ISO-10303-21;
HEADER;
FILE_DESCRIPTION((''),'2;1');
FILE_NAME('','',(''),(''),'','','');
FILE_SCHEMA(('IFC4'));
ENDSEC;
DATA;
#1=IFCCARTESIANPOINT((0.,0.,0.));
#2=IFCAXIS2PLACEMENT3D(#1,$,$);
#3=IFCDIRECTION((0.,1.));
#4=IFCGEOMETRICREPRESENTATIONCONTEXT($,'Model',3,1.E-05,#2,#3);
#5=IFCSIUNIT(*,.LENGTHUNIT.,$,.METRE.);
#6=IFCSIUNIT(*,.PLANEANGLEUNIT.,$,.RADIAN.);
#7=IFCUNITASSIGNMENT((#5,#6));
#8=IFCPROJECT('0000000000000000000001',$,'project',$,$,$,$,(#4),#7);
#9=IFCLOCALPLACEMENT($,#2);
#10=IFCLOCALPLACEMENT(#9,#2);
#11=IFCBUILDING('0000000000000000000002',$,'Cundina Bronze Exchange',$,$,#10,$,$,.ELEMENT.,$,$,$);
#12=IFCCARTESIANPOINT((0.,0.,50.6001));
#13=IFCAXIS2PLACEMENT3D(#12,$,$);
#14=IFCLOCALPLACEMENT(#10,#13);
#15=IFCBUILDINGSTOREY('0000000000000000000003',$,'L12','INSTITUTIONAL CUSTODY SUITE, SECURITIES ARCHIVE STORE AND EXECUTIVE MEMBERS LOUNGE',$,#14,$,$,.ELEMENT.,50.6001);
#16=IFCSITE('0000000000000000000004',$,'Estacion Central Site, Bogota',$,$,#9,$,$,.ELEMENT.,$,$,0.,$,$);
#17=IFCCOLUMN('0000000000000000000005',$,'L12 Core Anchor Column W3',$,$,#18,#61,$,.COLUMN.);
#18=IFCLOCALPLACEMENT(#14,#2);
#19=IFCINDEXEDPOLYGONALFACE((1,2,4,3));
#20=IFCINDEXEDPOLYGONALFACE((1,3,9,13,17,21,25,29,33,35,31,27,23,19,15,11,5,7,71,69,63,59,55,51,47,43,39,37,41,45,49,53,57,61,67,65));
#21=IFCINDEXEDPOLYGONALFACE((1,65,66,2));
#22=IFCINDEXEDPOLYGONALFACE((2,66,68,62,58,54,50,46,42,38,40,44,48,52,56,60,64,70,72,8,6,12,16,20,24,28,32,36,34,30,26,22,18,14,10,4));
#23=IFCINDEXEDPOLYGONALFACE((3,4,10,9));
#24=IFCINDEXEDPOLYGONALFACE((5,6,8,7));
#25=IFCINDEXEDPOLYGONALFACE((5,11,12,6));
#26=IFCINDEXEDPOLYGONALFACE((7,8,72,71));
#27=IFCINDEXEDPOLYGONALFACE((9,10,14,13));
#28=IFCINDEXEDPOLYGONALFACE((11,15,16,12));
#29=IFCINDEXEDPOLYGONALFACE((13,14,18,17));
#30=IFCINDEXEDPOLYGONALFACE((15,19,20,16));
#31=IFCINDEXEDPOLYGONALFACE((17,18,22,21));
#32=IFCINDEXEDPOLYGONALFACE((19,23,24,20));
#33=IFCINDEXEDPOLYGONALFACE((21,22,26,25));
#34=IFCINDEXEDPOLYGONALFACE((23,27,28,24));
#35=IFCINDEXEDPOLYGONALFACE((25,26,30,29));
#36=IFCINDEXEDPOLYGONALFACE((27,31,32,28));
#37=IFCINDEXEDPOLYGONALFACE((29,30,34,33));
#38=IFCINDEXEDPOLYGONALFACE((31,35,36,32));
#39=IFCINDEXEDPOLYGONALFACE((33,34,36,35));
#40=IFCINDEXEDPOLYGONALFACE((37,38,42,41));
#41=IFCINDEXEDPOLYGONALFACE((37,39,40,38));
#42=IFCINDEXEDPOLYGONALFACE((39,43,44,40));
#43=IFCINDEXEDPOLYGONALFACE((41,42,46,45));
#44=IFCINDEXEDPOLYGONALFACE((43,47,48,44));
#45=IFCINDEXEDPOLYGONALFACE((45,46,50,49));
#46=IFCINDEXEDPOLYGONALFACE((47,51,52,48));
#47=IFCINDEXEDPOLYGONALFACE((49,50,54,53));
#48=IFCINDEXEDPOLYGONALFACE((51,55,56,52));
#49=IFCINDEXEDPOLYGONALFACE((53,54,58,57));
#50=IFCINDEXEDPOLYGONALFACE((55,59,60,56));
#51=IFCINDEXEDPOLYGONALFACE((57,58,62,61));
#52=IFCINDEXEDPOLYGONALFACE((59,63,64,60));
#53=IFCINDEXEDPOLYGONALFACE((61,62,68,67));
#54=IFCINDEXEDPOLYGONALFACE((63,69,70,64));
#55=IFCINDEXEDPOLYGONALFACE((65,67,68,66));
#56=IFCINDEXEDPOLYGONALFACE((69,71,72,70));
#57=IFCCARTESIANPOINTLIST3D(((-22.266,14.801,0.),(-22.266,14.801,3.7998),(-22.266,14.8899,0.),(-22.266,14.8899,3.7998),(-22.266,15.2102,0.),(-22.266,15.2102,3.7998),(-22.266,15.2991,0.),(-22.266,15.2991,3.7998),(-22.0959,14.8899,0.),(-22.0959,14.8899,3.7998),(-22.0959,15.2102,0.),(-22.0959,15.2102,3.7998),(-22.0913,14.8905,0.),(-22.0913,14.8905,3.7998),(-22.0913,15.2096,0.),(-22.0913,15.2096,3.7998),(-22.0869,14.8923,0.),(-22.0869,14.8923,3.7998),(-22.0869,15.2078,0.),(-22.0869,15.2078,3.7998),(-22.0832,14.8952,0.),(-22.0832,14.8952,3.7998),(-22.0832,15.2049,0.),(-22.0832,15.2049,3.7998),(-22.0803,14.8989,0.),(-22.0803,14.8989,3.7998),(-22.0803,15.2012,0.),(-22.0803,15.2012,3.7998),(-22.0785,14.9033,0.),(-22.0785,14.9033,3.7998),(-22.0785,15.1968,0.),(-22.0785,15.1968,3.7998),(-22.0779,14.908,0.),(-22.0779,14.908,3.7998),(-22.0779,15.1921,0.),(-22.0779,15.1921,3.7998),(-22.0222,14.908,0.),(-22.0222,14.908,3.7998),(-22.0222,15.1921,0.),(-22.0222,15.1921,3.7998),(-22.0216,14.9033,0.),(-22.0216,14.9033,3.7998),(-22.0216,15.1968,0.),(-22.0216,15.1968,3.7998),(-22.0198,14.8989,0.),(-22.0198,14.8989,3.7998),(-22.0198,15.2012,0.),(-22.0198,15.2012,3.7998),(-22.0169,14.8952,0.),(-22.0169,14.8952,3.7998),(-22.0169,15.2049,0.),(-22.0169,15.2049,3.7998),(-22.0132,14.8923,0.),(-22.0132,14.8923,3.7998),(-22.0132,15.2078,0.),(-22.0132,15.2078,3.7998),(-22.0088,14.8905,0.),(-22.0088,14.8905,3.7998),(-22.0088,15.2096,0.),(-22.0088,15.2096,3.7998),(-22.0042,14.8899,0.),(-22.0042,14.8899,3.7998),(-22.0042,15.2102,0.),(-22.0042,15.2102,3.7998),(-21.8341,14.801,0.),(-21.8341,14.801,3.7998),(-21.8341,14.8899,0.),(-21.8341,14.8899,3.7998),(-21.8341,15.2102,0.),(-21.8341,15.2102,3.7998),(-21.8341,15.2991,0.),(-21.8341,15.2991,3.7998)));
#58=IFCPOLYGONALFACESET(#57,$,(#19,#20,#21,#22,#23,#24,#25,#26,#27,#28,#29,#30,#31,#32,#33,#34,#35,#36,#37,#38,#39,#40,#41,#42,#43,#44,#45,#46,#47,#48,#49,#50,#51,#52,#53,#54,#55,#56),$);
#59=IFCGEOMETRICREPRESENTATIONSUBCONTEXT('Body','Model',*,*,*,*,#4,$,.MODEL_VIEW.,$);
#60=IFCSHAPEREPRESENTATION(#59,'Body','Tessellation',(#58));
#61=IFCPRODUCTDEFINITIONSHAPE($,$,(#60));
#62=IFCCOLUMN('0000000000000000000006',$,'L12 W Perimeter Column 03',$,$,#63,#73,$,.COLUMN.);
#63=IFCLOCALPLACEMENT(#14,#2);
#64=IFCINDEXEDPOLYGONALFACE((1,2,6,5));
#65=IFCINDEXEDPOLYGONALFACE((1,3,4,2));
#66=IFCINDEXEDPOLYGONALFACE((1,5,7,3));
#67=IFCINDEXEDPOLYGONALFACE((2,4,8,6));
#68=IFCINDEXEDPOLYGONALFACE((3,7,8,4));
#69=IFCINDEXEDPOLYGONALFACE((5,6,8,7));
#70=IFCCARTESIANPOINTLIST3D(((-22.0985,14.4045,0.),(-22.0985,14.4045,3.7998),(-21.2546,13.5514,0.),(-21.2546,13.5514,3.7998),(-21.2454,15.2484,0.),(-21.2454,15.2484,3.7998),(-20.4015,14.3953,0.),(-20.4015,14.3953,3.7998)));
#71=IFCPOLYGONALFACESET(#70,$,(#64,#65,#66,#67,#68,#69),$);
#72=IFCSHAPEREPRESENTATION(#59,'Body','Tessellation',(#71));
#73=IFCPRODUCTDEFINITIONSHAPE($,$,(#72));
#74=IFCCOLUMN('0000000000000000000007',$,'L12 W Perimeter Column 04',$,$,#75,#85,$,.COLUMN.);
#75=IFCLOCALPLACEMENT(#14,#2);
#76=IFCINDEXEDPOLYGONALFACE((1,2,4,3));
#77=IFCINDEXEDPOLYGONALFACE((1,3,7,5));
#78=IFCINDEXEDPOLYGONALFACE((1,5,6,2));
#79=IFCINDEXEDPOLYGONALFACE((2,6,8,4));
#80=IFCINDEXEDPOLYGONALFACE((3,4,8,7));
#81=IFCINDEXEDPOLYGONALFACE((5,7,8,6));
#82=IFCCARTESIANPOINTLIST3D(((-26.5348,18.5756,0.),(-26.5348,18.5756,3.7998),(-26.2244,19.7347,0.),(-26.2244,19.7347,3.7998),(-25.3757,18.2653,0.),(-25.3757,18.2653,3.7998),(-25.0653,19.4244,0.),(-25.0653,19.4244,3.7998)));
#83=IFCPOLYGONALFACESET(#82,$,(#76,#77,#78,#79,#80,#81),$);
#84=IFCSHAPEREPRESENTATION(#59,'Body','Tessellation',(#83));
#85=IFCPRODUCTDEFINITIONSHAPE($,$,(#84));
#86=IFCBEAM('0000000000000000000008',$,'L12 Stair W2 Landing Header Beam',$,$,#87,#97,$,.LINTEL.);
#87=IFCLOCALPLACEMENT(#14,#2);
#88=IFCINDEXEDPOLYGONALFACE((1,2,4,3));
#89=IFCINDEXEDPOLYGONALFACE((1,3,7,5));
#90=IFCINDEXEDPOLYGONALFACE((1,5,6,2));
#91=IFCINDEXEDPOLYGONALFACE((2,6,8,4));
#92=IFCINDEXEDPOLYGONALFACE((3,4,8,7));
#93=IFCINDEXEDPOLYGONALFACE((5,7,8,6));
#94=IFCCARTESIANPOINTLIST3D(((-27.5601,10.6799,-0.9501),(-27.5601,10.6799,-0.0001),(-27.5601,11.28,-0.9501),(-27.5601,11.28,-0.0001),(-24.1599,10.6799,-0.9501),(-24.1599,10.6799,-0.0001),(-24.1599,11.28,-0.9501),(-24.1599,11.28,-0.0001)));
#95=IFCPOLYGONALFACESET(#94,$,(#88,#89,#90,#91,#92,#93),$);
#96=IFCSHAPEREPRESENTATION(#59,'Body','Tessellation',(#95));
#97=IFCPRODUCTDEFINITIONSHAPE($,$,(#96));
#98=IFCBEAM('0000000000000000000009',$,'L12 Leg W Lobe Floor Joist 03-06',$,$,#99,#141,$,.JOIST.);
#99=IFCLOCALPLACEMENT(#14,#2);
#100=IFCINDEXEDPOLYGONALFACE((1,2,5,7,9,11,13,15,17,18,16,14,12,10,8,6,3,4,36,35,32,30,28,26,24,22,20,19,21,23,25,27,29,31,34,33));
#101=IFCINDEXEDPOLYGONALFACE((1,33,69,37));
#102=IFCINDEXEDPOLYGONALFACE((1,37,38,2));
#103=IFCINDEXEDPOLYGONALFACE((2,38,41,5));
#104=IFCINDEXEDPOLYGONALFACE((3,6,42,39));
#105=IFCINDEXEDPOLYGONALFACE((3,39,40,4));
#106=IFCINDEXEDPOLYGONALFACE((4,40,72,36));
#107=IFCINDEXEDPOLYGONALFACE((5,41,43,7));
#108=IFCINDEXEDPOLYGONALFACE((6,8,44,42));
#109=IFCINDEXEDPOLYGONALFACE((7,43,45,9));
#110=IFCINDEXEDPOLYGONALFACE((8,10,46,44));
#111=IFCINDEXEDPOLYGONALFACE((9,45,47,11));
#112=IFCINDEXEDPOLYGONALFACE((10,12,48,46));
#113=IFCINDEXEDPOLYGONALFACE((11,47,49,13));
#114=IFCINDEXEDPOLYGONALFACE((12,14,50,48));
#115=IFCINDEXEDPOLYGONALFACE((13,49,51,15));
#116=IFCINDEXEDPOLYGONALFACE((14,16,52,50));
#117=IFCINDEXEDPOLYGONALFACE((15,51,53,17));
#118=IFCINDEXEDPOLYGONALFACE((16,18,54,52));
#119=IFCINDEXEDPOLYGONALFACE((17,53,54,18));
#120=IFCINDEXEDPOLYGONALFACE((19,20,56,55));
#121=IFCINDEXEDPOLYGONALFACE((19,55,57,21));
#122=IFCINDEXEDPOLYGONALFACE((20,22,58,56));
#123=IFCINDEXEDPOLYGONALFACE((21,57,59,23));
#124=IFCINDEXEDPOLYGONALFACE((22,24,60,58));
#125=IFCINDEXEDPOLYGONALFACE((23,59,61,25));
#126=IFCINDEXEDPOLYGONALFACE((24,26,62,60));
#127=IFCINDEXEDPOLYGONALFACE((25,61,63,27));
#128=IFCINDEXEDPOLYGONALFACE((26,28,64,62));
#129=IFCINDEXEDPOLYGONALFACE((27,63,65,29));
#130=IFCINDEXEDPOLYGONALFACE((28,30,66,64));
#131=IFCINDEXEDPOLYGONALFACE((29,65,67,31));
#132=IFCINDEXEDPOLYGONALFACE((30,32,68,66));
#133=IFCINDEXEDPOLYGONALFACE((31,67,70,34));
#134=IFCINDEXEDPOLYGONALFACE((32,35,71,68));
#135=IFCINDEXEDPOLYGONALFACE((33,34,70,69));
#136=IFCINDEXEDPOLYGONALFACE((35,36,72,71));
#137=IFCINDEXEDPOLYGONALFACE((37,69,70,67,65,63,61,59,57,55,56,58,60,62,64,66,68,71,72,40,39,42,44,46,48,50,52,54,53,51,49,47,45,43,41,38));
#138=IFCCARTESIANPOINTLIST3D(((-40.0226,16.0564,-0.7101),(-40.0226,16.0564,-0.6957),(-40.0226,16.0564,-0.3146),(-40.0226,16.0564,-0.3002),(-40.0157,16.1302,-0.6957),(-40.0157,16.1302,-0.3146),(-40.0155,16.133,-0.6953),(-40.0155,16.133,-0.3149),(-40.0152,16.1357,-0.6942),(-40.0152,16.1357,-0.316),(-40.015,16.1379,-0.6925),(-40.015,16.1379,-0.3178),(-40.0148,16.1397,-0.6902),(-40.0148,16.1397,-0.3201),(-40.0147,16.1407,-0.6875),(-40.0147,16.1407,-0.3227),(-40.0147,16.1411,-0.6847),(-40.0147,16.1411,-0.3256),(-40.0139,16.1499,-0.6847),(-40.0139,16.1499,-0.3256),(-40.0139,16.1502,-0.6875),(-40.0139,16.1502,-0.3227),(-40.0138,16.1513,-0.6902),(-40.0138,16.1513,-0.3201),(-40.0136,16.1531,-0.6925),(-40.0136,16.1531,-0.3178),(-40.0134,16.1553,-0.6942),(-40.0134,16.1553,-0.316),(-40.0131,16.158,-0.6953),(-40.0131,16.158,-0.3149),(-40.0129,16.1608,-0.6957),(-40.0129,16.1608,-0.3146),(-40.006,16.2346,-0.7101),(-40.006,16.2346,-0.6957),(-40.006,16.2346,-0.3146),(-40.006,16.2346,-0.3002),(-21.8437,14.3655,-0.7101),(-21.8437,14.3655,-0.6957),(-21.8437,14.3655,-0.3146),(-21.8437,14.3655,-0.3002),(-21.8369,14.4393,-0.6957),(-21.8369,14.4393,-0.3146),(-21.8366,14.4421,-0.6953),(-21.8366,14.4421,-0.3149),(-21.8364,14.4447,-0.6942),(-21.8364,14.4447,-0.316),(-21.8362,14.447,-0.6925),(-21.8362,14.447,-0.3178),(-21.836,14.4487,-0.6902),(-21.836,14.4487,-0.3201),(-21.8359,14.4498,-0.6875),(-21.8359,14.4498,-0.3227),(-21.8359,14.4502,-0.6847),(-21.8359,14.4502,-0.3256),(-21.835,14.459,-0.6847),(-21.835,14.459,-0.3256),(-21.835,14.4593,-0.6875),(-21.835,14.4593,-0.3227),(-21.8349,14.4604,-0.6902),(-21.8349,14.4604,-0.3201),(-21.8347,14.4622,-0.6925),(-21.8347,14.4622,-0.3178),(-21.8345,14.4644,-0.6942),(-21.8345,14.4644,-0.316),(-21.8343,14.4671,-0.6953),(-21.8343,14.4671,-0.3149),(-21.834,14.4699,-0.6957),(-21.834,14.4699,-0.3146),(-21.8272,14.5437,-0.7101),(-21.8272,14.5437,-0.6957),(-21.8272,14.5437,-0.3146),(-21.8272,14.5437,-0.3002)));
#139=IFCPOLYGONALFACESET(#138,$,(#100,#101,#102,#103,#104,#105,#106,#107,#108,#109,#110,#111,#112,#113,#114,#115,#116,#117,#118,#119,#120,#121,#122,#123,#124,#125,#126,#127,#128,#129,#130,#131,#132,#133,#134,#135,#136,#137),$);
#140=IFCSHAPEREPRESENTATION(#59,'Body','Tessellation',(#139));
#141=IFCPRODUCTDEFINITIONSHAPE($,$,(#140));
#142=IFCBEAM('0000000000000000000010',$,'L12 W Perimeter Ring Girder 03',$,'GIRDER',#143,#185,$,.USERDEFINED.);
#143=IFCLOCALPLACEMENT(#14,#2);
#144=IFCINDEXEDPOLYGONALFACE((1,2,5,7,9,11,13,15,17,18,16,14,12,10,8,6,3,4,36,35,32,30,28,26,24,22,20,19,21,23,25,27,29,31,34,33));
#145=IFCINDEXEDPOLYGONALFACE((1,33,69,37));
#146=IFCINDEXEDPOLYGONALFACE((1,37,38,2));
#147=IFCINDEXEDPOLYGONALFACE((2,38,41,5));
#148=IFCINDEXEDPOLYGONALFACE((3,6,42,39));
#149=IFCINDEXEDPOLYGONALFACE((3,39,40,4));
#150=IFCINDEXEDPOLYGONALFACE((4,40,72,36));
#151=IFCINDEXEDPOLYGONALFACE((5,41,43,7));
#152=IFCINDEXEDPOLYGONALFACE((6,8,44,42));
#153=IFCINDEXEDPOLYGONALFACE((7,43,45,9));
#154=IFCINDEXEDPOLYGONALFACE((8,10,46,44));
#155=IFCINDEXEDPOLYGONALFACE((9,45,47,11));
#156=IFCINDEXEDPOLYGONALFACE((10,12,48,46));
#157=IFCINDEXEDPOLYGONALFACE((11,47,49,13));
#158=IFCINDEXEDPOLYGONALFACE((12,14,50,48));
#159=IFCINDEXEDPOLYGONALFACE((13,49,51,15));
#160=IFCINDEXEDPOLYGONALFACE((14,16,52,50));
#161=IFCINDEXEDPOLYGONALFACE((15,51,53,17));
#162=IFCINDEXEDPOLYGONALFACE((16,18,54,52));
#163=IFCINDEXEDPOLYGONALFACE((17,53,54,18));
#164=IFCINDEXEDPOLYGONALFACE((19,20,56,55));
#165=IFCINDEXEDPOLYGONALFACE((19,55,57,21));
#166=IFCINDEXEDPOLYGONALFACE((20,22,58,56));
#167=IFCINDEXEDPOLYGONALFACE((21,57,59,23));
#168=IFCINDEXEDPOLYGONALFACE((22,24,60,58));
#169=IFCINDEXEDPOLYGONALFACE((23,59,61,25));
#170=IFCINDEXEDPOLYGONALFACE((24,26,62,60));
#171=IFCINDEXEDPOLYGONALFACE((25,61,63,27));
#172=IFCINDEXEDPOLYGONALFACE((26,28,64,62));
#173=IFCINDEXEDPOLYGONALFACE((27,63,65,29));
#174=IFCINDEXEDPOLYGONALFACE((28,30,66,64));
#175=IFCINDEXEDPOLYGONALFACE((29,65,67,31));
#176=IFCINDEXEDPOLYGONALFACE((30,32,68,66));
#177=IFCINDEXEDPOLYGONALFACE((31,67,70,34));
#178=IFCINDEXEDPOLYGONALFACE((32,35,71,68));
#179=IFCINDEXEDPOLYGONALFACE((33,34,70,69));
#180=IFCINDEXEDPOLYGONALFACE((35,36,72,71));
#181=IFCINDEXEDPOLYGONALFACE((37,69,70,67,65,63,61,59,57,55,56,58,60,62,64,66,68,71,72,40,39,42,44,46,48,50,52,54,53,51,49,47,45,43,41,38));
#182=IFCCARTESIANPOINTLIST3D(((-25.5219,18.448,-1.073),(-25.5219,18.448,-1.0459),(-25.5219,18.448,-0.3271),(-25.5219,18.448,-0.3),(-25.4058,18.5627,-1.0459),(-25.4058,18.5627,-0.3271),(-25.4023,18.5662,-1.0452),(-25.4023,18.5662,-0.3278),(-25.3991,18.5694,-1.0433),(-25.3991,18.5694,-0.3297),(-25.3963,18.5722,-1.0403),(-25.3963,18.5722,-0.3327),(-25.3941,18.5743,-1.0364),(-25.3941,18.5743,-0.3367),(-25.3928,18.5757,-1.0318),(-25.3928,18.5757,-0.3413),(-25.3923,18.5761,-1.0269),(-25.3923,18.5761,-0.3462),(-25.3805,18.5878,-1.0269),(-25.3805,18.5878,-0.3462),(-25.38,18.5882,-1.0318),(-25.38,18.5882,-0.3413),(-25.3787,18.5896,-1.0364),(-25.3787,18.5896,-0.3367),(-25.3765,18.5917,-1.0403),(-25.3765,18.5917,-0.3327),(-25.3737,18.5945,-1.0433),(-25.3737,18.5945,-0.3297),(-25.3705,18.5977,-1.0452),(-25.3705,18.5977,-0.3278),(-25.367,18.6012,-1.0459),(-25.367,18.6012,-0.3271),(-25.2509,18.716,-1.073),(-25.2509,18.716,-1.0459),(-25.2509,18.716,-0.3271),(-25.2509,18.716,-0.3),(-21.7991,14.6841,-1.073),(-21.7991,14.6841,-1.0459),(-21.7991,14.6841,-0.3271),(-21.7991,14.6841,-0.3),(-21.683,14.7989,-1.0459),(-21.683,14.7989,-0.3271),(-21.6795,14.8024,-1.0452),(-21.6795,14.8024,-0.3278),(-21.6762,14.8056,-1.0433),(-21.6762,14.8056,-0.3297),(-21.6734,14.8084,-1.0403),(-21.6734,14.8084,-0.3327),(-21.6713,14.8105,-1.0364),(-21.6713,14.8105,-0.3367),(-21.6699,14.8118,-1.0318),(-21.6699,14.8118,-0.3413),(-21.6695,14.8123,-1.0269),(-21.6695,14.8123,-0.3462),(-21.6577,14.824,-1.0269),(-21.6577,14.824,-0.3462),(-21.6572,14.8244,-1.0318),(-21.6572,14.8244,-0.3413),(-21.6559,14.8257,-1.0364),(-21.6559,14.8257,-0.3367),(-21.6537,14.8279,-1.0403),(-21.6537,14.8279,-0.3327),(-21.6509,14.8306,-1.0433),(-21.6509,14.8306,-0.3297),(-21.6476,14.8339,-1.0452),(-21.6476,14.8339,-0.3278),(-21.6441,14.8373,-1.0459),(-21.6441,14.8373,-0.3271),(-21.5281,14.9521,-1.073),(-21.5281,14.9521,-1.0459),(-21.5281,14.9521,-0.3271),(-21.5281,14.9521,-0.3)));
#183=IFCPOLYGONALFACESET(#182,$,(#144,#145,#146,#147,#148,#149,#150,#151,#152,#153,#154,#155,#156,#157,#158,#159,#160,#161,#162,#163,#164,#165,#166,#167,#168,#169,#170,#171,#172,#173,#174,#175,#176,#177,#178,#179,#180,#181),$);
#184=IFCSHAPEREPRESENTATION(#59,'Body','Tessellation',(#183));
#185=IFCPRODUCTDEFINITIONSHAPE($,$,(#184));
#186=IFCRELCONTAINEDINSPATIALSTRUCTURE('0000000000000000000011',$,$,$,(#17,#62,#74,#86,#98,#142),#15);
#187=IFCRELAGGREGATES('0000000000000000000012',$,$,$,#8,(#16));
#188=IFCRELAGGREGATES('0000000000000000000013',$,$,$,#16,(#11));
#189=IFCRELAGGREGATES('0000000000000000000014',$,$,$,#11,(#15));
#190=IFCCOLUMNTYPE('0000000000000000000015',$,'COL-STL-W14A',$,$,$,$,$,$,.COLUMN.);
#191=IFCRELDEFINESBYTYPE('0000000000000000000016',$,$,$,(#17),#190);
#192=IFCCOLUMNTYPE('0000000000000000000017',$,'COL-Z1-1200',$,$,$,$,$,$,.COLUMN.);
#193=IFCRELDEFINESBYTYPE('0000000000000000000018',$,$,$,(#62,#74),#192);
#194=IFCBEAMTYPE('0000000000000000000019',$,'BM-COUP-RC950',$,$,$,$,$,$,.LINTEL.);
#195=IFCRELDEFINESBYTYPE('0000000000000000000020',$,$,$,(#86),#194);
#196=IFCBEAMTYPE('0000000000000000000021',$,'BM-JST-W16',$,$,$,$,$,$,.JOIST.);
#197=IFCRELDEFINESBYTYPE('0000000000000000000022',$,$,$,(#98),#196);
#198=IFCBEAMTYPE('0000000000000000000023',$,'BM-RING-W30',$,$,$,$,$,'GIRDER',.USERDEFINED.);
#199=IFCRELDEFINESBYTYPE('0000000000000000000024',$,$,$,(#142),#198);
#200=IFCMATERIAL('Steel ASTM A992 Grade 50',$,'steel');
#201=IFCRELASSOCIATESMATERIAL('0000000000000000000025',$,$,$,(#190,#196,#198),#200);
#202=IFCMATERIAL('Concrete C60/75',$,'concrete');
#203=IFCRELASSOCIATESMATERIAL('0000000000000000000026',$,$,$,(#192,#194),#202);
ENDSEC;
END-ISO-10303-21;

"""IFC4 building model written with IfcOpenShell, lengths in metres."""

from ifc_helpers import new_model, si_unit, direction, frame, origin, origin_2d, place, context, subcontext, project, spatial, rectangle, i_section, extrude, material, material_profile, profile_set, type_object, element, save


model = new_model("IFC4")

# Units and contexts
model_context = context("Model", 3, precision=1e-05, world=origin(), true_north=direction((0.0, 1.0)))
body_context = subcontext(model_context, "Body", "Model", "MODEL_VIEW")
ifc_project = project(units=[si_unit("LENGTHUNIT", "METRE"), si_unit("PLANEANGLEUNIT", "RADIAN")], contexts=[model_context])

# Site, building, storey
site_placement = place(None, origin())
site = spatial("IfcSite", under=ifc_project, at=site_placement, Name="Estacion Central Site, Bogota", CompositionType="ELEMENT", RefElevation=0.0)
building_placement = place(site_placement, origin())
building = spatial("IfcBuilding", under=site, at=building_placement, Name="Cundina Bronze Exchange", CompositionType="ELEMENT")
storey_placement = place(building_placement, frame((0.0, 0.0, 50.6001)))
storey = spatial("IfcBuildingStorey", under=building, at=storey_placement, Name="L12", Description="INSTITUTIONAL CUSTODY SUITE, SECURITIES ARCHIVE STORE AND EXECUTIVE MEMBERS LOUNGE", CompositionType="ELEMENT", Elevation=50.6001)

# Columns
ifc_material_1 = material(Name="Steel ASTM A992 Grade 50", Category="steel")
ifc_material_profile_1 = material_profile(ifc_material_1, i_section(OverallWidth=0.4319, OverallDepth=0.498, WebThickness=0.0557, FlangeThickness=0.0889, FilletRadius=0.0181, at=origin_2d()), Name="W14X500", Category="steel")
ifc_profile_set_1 = profile_set([ifc_material_profile_1], Name="Steel ASTM A992 Grade 50")
column_type_1 = type_object("IfcColumnType", Name="COL-STL-W14A", PredefinedType="COLUMN", material=ifc_profile_set_1)
column_placement = place(storey_placement, frame((-22.05, 15.05, 0.0), z_axis=(0.0, 0.0, 1.0), x_axis=(1.0, 0.0, 0.0)))
element("IfcColumn", 1, at=column_placement, inside=storey, type_object=column_type_1, Name="L12 Core Anchor Column W3", PredefinedType="COLUMN", context=body_context, shape_type="SweptSolid", body=[
    extrude(i_section(OverallWidth=0.4319, OverallDepth=0.498, WebThickness=0.0557, FlangeThickness=0.0889, FilletRadius=0.0181, at=origin_2d()), origin(), (0.0, 0.0, 1.0), 3.7998),
])
ifc_material_2 = material(Name="Concrete C60/75", Category="concrete")
ifc_material_profile_2 = material_profile(ifc_material_2, rectangle(XDim=1.2, YDim=1.2, at=origin_2d()), Name="RC1200X1200", Category="concrete")
ifc_profile_set_2 = profile_set([ifc_material_profile_2], Name="Concrete C60/75")
column_type_2 = type_object("IfcColumnType", Name="COL-Z1-1200", PredefinedType="COLUMN", material=ifc_profile_set_2)
for number, where, z_axis, x_axis, name in (
    (2, (-21.25, 14.3999, 0.0), (0.0, 0.0, 1.0), (-0.703271, 0.710922, 0.0), "L12 W Perimeter Column 03"),
    (3, (-25.8, 19.0, 0.0), (0.0, 0.0, 1.0), (-0.965971, 0.25865, 0.0), "L12 W Perimeter Column 04"),
):
    element("IfcColumn", number, at=place(storey_placement, frame(where, z_axis=z_axis, x_axis=x_axis)), inside=storey, type_object=column_type_2, Name=name, PredefinedType="COLUMN", context=body_context, shape_type="SweptSolid", body=[
        extrude(rectangle(XDim=1.2, YDim=1.2, at=origin_2d()), origin(), (0.0, 0.0, 1.0), 3.7998),
    ])

# Beams
ifc_material_profile_3 = material_profile(ifc_material_2, rectangle(XDim=0.6001, YDim=0.95, at=origin_2d()), Name="RC600X950", Category="concrete")
ifc_profile_set_3 = profile_set([ifc_material_profile_3], Name="Concrete C60/75")
beam_type_1 = type_object("IfcBeamType", Name="BM-COUP-RC950", PredefinedType="LINTEL", material=ifc_profile_set_3)
beam_1_placement = place(storey_placement, frame((-27.5601, 10.98, -0.4751), z_axis=(1.0, 0.0, 0.0), x_axis=(0.0, 1.0, 0.0)))
element("IfcBeam", 4, at=beam_1_placement, inside=storey, type_object=beam_type_1, Name="L12 Stair W2 Landing Header Beam", PredefinedType="LINTEL", context=body_context, shape_type="SweptSolid", body=[
    extrude(rectangle(XDim=0.6001, YDim=0.95, at=origin_2d()), origin(), (0.0, 0.0, 1.0), 3.4001),
])
ifc_material_profile_4 = material_profile(ifc_material_1, i_section(OverallWidth=0.179, OverallDepth=0.4099, WebThickness=0.0088, FlangeThickness=0.0144, FilletRadius=0.011, at=origin_2d()), Name="W16X45", Category="steel")
ifc_profile_set_4 = profile_set([ifc_material_profile_4], Name="Steel ASTM A992 Grade 50")
beam_type_2 = type_object("IfcBeamType", Name="BM-JST-W16", PredefinedType="JOIST", material=ifc_profile_set_4)
beam_2_placement = place(storey_placement, frame((-21.8354, 14.4546, -0.5051), z_axis=(-0.995702, 0.092615, 0.0), x_axis=(-0.092615, -0.995702, 0.0)))
element("IfcBeam", 5, at=beam_2_placement, inside=storey, type_object=beam_type_2, Name="L12 Leg W Lobe Floor Joist 03-06", PredefinedType="JOIST", context=body_context, shape_type="SweptSolid", body=[
    extrude(i_section(OverallWidth=0.179, OverallDepth=0.4099, WebThickness=0.0088, FlangeThickness=0.0144, FilletRadius=0.011, at=origin_2d()), origin(), (0.0, 0.0, 1.0), 18.2573),
])
ifc_material_profile_5 = material_profile(ifc_material_1, i_section(OverallWidth=0.3811, OverallDepth=0.7729, WebThickness=0.0166, FlangeThickness=0.0271, FilletRadius=0.019, at=origin_2d()), Name="W30X173", Category="steel")
ifc_profile_set_5 = profile_set([ifc_material_profile_5], Name="Steel ASTM A992 Grade 50")
beam_type_3 = type_object("IfcBeamType", Name="BM-RING-W30", ElementType="GIRDER", PredefinedType="USERDEFINED", material=ifc_profile_set_5)
beam_3_placement = place(storey_placement, frame((-21.6636, 14.8181, -0.6865), z_axis=(-0.703222, 0.71097, 0.0), x_axis=(-0.71097, -0.703222, 0.0)))
element("IfcBeam", 6, at=beam_3_placement, inside=storey, type_object=beam_type_3, Name="L12 W Perimeter Ring Girder 03", ObjectType="GIRDER", PredefinedType="USERDEFINED", context=body_context, shape_type="SweptSolid", body=[
    extrude(i_section(OverallWidth=0.3811, OverallDepth=0.7729, WebThickness=0.0166, FlangeThickness=0.0271, FilletRadius=0.019, at=origin_2d()), origin(), (0.0, 0.0, 1.0), 5.2939),
])

save(model, "model.ifc")
